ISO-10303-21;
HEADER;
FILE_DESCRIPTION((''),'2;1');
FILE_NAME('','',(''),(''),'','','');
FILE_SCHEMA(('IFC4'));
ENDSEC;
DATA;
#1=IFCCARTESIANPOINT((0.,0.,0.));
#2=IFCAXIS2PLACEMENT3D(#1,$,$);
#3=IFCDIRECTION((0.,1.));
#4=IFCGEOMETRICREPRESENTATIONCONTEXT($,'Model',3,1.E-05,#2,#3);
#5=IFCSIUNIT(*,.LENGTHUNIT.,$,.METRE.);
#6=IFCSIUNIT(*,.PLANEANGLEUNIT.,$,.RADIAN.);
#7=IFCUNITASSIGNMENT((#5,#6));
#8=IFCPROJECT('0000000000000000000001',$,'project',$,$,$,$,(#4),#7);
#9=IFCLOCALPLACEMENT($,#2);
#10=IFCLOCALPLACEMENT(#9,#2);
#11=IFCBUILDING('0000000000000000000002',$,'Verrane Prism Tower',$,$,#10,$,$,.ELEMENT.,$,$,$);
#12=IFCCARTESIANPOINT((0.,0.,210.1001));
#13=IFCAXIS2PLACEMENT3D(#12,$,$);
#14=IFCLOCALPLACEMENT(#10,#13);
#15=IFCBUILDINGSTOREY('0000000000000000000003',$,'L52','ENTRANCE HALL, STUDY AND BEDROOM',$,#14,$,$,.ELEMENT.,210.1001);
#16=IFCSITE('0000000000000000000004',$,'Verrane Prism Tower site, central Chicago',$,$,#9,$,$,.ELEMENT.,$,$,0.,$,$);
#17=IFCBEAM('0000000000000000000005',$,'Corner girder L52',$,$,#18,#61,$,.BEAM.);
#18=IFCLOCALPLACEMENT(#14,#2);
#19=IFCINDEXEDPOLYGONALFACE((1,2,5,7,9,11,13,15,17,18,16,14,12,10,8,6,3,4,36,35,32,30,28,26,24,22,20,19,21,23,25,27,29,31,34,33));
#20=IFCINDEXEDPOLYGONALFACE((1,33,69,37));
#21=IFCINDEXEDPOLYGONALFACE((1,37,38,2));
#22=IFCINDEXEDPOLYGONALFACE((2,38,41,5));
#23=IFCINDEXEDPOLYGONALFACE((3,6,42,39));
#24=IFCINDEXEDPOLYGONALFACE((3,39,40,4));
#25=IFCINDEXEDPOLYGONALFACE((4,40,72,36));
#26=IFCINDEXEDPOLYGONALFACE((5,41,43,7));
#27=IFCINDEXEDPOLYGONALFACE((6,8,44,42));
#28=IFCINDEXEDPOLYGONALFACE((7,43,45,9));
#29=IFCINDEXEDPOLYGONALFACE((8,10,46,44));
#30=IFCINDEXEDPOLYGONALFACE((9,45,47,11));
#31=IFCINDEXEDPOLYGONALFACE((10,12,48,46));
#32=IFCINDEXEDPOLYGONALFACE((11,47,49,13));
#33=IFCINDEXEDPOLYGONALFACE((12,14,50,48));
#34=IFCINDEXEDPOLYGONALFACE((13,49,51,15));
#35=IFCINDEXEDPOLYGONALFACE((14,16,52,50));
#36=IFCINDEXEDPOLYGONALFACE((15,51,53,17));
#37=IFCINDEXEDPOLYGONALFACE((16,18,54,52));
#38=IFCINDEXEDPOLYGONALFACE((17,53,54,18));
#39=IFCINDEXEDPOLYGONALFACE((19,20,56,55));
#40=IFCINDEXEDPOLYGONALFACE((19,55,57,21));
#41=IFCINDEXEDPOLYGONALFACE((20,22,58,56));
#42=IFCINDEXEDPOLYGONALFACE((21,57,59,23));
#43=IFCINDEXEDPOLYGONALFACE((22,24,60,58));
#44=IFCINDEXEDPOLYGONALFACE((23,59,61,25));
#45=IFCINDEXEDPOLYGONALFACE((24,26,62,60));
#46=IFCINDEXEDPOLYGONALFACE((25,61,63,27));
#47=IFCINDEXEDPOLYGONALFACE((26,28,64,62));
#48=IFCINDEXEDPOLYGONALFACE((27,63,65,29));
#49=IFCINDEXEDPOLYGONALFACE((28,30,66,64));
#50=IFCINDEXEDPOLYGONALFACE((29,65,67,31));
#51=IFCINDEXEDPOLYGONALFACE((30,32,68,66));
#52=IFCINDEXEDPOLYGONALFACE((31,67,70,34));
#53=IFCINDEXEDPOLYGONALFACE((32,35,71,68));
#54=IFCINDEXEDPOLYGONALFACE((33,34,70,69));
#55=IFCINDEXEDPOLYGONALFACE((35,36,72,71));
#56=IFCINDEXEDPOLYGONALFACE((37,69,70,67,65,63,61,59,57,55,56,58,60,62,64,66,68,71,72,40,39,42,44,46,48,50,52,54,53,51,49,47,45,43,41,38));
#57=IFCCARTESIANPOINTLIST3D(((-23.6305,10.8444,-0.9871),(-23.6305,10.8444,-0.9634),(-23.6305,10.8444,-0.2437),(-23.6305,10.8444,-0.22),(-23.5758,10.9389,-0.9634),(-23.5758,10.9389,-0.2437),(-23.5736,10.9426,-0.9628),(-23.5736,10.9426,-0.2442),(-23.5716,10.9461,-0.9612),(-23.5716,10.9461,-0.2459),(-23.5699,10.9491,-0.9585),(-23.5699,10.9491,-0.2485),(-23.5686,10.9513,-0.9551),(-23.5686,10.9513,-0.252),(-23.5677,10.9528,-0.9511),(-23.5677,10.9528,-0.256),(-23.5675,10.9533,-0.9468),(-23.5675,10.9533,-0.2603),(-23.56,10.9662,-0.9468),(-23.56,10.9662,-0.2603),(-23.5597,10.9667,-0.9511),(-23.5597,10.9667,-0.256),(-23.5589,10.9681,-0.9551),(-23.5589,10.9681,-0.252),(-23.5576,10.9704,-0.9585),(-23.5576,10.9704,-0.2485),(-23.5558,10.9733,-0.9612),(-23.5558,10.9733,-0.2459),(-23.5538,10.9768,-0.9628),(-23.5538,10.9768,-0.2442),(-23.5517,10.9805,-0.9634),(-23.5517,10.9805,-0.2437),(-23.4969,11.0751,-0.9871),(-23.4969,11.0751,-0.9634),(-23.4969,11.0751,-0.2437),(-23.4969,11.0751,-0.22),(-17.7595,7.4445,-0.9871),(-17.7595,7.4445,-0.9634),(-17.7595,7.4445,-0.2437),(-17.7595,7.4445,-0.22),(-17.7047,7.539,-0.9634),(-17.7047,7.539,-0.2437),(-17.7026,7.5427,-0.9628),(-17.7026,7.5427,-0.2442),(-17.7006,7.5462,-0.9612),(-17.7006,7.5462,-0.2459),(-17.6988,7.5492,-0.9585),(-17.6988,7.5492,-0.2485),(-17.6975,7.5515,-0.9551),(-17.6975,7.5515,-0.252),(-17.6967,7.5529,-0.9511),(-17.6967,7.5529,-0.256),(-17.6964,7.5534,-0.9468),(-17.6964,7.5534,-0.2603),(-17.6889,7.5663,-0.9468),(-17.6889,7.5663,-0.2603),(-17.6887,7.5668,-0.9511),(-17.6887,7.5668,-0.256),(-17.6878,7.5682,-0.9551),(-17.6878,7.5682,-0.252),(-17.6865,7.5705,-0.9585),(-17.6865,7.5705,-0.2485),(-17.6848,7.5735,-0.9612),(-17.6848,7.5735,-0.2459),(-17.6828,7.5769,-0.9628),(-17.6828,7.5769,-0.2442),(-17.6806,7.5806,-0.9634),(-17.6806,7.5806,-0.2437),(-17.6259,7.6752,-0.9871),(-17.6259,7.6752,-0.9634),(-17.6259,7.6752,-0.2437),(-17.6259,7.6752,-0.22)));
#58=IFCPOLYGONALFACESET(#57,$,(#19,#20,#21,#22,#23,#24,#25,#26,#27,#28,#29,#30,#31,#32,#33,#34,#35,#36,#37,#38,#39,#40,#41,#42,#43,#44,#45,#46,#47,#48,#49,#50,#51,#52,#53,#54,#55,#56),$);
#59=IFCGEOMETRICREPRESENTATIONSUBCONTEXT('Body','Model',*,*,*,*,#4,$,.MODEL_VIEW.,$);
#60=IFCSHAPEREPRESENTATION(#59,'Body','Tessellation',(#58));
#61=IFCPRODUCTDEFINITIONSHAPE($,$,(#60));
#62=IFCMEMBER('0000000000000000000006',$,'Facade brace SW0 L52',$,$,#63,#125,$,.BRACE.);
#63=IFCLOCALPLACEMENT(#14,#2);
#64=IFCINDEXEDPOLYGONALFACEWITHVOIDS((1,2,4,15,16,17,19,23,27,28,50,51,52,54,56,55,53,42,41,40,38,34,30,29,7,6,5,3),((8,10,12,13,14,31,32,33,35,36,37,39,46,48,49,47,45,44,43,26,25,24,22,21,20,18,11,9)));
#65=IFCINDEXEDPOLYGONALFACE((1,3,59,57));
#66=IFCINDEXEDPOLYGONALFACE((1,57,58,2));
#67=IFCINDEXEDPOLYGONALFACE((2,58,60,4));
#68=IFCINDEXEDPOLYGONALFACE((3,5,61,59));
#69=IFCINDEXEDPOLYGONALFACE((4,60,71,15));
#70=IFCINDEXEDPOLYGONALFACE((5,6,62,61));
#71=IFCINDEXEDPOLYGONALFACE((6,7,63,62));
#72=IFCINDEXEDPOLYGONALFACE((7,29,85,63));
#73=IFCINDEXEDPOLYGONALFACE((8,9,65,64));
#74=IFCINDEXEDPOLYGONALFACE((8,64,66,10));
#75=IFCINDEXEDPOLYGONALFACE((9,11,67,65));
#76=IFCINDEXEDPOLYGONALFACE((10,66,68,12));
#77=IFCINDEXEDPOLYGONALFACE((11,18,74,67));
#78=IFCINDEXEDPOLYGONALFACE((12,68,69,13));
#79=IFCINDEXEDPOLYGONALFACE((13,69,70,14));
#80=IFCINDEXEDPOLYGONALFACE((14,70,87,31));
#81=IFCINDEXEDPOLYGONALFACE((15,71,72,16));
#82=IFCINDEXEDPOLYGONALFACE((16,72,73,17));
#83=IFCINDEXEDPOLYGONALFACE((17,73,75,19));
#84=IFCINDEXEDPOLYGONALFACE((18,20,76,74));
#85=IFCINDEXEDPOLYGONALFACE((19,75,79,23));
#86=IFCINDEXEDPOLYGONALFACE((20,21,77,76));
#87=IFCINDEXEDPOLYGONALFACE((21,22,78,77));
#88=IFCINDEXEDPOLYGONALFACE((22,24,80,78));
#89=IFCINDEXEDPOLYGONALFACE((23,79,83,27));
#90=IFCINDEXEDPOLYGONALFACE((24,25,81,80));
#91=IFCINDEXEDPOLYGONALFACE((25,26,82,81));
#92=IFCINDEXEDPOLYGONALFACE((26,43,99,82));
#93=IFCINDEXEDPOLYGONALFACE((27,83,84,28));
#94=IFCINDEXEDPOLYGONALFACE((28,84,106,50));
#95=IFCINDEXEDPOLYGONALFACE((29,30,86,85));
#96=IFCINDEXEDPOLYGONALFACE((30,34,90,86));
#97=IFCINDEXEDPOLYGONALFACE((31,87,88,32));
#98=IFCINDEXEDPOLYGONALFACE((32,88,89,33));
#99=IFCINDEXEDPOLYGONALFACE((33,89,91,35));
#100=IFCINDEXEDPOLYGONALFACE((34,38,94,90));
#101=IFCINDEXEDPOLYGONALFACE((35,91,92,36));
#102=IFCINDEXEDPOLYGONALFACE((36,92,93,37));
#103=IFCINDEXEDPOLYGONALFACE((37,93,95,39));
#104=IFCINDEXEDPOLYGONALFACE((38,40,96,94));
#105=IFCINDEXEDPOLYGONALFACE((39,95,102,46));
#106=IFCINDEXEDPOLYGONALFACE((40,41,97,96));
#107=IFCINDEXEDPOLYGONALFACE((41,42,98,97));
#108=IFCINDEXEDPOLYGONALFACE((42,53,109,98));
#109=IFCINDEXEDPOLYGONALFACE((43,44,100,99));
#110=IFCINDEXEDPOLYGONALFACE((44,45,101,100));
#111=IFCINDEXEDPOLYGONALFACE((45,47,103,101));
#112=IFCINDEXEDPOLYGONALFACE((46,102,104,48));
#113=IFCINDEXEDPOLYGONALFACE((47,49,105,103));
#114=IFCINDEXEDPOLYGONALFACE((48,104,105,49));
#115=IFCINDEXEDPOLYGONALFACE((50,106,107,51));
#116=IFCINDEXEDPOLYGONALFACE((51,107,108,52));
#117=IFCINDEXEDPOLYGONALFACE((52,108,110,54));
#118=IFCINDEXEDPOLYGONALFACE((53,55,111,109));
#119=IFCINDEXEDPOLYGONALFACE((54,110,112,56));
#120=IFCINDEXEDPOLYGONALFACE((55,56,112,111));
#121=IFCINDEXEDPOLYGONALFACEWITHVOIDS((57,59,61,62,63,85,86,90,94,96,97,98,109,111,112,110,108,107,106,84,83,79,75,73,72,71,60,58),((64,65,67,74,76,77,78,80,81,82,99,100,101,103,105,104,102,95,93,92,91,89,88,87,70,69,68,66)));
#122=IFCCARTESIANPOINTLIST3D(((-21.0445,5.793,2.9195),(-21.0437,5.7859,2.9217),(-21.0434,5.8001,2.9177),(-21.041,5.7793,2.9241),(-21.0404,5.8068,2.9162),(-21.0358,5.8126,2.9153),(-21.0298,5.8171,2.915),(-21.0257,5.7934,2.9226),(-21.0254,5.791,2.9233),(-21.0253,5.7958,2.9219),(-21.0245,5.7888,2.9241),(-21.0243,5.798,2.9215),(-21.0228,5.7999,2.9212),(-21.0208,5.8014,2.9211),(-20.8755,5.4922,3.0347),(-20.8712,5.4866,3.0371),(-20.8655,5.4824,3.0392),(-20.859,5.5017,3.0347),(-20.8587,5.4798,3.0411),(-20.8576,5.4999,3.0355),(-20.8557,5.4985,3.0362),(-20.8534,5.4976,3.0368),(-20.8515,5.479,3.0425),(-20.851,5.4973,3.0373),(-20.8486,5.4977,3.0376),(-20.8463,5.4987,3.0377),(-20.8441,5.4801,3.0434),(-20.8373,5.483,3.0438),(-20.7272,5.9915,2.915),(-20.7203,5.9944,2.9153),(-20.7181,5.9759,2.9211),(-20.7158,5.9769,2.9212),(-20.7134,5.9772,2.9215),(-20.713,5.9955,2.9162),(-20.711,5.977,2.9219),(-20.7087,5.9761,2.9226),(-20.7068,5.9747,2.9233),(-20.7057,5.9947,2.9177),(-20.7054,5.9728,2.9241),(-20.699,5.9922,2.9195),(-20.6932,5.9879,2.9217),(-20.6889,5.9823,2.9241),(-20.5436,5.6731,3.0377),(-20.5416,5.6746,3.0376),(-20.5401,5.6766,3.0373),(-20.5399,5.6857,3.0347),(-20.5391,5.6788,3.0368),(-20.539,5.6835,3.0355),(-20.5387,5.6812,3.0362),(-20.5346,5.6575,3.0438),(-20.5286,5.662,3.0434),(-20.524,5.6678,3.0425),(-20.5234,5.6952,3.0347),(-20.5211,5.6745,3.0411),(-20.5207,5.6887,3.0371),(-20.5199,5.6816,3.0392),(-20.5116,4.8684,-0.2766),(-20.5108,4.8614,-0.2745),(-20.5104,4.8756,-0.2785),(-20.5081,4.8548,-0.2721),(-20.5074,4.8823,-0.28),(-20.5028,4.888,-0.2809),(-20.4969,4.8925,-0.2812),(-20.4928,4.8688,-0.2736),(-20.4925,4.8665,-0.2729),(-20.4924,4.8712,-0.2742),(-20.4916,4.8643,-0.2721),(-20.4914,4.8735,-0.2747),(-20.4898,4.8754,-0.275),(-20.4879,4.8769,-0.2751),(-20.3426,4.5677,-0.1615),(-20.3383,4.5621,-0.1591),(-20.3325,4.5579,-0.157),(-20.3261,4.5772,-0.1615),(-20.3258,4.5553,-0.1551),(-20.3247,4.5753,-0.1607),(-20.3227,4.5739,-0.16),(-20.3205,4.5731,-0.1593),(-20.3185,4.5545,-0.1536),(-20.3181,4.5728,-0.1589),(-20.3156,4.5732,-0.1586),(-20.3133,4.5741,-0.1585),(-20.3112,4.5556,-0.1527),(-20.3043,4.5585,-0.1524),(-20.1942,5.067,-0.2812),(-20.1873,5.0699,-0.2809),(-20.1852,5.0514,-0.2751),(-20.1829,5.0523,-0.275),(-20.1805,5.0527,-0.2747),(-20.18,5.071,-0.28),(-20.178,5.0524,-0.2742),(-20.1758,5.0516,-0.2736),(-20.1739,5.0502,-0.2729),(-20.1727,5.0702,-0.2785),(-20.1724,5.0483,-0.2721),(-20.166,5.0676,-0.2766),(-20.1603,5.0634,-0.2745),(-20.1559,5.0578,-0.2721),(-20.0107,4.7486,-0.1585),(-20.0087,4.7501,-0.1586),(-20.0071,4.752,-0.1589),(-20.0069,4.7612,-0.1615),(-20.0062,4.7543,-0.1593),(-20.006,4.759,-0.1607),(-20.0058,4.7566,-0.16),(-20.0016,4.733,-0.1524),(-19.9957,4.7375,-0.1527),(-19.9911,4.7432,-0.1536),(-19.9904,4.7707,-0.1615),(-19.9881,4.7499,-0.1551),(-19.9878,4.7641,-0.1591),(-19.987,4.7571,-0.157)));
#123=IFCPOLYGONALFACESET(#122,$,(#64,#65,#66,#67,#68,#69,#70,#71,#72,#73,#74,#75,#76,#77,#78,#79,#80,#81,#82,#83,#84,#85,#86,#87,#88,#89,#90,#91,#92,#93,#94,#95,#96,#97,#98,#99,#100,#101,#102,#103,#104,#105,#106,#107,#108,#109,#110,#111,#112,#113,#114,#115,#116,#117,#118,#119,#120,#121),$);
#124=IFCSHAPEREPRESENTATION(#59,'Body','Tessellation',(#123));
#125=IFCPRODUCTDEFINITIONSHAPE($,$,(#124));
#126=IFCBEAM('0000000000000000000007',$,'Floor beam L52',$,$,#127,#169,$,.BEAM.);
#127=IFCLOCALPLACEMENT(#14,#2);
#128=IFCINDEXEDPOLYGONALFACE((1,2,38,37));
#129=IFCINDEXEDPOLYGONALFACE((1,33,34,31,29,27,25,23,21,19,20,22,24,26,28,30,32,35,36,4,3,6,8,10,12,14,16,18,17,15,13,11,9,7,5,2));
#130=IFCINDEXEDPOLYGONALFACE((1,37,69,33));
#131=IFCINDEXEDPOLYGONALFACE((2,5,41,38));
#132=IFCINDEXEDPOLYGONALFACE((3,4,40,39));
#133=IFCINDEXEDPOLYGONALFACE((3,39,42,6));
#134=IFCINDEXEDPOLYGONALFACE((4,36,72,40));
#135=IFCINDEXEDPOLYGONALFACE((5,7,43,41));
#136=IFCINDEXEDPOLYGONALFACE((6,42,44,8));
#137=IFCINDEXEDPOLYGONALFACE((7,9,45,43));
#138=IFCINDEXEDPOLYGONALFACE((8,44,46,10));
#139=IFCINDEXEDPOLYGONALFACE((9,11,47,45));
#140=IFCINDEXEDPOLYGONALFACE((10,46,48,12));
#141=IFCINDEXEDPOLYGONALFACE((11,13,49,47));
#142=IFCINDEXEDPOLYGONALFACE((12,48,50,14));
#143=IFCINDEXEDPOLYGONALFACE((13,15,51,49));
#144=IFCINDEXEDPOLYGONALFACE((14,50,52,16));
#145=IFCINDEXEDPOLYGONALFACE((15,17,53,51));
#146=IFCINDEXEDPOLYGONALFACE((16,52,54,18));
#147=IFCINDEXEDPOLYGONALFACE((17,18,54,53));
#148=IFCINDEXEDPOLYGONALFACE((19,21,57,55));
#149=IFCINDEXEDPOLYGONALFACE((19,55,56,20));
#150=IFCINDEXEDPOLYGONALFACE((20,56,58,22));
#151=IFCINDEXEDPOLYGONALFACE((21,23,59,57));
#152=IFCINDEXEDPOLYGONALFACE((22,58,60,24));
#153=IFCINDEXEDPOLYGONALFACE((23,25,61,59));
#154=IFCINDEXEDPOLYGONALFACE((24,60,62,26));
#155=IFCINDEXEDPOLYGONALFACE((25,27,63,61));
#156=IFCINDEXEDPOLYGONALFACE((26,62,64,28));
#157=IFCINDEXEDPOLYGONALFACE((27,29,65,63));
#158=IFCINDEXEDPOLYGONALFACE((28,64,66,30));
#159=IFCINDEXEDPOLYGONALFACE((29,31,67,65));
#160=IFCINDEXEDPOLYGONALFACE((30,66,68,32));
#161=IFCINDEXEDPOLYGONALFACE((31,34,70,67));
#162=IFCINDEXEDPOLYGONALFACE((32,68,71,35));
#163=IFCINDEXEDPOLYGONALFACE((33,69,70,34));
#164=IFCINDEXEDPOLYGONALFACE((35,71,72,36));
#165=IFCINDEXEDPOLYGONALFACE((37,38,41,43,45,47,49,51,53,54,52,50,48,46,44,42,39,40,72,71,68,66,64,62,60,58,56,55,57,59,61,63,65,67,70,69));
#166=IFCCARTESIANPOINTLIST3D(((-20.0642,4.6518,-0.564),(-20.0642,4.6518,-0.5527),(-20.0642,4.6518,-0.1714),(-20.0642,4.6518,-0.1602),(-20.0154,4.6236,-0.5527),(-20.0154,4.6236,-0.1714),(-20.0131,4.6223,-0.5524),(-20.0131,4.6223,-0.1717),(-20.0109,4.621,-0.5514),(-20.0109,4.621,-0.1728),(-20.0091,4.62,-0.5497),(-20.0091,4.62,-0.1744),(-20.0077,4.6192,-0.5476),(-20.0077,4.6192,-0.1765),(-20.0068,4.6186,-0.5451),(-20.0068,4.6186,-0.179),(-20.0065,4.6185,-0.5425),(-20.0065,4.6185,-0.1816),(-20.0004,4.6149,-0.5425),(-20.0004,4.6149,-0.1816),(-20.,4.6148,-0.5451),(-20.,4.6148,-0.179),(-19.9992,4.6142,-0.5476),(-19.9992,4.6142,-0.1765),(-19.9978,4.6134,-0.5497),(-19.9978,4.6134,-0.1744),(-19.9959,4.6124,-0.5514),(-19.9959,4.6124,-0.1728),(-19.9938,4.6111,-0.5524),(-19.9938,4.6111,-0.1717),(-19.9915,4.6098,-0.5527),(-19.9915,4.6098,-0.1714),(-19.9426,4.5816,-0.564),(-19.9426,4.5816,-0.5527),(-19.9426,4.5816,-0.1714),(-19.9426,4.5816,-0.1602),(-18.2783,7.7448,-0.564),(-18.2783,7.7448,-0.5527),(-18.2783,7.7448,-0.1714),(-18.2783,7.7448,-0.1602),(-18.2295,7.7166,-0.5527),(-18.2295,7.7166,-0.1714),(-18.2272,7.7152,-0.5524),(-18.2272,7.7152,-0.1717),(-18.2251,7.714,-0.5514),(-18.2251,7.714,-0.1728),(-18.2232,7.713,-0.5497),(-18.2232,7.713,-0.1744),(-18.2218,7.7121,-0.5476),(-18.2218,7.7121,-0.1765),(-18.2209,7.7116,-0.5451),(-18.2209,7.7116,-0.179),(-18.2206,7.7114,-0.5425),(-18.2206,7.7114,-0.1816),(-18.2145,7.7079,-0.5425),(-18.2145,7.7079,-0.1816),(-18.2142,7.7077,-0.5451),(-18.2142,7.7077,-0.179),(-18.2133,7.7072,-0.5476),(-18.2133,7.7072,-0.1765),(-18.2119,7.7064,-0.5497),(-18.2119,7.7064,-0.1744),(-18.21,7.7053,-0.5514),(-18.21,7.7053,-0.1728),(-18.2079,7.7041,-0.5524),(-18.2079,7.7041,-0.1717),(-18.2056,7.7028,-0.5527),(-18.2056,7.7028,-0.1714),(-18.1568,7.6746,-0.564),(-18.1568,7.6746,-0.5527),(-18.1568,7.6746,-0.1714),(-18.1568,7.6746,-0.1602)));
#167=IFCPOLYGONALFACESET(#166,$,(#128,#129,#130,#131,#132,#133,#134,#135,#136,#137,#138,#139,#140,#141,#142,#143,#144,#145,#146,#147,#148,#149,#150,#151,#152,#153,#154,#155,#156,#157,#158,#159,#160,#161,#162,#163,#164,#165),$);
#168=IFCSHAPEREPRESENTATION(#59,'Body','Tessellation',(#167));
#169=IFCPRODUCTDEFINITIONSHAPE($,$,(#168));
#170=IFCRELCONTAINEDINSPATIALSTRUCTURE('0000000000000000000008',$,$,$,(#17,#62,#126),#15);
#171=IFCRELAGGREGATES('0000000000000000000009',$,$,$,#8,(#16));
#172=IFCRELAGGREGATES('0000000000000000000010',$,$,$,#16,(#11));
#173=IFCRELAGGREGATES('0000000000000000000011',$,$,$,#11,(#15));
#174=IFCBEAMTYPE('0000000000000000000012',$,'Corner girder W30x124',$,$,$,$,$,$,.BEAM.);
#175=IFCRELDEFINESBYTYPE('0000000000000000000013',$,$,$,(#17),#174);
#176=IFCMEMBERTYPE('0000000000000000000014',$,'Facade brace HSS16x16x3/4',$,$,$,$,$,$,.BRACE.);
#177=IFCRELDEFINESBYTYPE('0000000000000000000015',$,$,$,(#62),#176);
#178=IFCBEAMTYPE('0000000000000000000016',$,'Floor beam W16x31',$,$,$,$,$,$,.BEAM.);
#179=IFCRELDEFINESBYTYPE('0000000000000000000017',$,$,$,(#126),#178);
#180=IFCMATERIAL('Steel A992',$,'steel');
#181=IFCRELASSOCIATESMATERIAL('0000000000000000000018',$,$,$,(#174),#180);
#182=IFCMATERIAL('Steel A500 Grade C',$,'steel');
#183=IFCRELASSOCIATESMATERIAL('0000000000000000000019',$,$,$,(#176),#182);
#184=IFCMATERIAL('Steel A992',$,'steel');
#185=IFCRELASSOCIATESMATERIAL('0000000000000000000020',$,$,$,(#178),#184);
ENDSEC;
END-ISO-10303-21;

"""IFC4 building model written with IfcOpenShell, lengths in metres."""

from ifc_helpers import new_model, si_unit, direction, frame, origin, origin_2d, place, context, subcontext, project, spatial, hollow_rectangle, i_section, extrude, material, material_profile, profile_set, type_object, element, save


model = new_model("IFC4")

# Units and contexts
model_context = context("Model", 3, precision=1e-05, world=origin(), true_north=direction((0.0, 1.0)))
body_context = subcontext(model_context, "Body", "Model", "MODEL_VIEW")
ifc_project = project(units=[si_unit("LENGTHUNIT", "METRE"), si_unit("PLANEANGLEUNIT", "RADIAN")], contexts=[model_context])

# Site, building, storey
site_placement = place(None, origin())
site = spatial("IfcSite", under=ifc_project, at=site_placement, Name="Verrane Prism Tower site, central Chicago", CompositionType="ELEMENT", RefElevation=0.0)
building_placement = place(site_placement, origin())
building = spatial("IfcBuilding", under=site, at=building_placement, Name="Verrane Prism Tower", CompositionType="ELEMENT")
storey_placement = place(building_placement, frame((0.0, 0.0, 210.1001)))
storey = spatial("IfcBuildingStorey", under=building, at=storey_placement, Name="L52", Description="ENTRANCE HALL, STUDY AND BEDROOM", CompositionType="ELEMENT", Elevation=210.1001)

# Beam
ifc_material_1 = material(Name="Steel A992", Category="steel")
ifc_material_profile_1 = material_profile(ifc_material_1, i_section(OverallWidth=0.2666, OverallDepth=0.7671, WebThickness=0.0149, FlangeThickness=0.0237, FilletRadius=0.0166, at=origin_2d()), Name="W30x124")
ifc_profile_set_1 = profile_set([ifc_material_profile_1], Name="Steel A992")
beam_type_1 = type_object("IfcBeamType", Name="Corner girder W30x124", PredefinedType="BEAM", material=ifc_profile_set_1)
beam_1_placement = place(storey_placement, frame((-23.5637, 10.9597, -0.6035), z_axis=(0.865372, -0.50113, 0.0), x_axis=(0.50113, 0.865372, 0.0)))
element("IfcBeam", 1, at=beam_1_placement, inside=storey, type_object=beam_type_1, Name="Corner girder L52", PredefinedType="BEAM", context=body_context, shape_type="SweptSolid", body=[
    extrude(i_section(OverallWidth=0.2666, OverallDepth=0.7671, WebThickness=0.0149, FlangeThickness=0.0237, FilletRadius=0.0166, at=origin_2d()), origin(), (0.0, 0.0, 1.0), 6.7844),
])

# Member
ifc_material_2 = material(Name="Steel A500 Grade C", Category="steel")
ifc_material_profile_2 = material_profile(ifc_material_2, hollow_rectangle(XDim=0.4065, YDim=0.4065, WallThickness=0.019, InnerFilletRadius=0.0095, OuterFilletRadius=0.0286, at=origin_2d()), Name="HSS16x16x3/4")
ifc_profile_set_2 = profile_set([ifc_material_profile_2], Name="Steel A500 Grade C")
member_type_1 = type_object("IfcMemberType", Name="Facade brace HSS16x16x3/4", PredefinedType="BRACE", material=ifc_profile_set_2)
member_1_placement = place(storey_placement, frame((-20.2493, 4.8127, -0.2168), z_axis=(-0.15816, 0.274372, 0.948528), x_axis=(-0.866365, -0.499412, 0.0)))
element("IfcMember", 2, at=member_1_placement, inside=storey, type_object=member_type_1, Name="Facade brace SW0 L52", PredefinedType="BRACE", context=body_context, shape_type="SweptSolid", body=[
    extrude(hollow_rectangle(XDim=0.4065, YDim=0.4065, WallThickness=0.019, InnerFilletRadius=0.0095, OuterFilletRadius=0.0286, at=origin_2d()), origin(), (0.0, 0.0, 1.0), 3.3696),
])

# Beam
ifc_material_3 = material(Name="Steel A992", Category="steel")
ifc_material_profile_3 = material_profile(ifc_material_3, i_section(OverallWidth=0.1404, OverallDepth=0.4038, WebThickness=0.0071, FlangeThickness=0.0112, FilletRadius=0.0103, at=origin_2d()), Name="W16x31")
ifc_profile_set_3 = profile_set([ifc_material_profile_3], Name="Steel A992")
beam_type_2 = type_object("IfcBeamType", Name="Floor beam W16x31", PredefinedType="BEAM", material=ifc_profile_set_3)
beam_2_placement = place(storey_placement, frame((-20.0034, 4.6167, -0.3621), z_axis=(0.500028, 0.866009, 0.0), x_axis=(-0.866009, 0.500028, 0.0)))
element("IfcBeam", 3, at=beam_2_placement, inside=storey, type_object=beam_type_2, Name="Floor beam L52", PredefinedType="BEAM", context=body_context, shape_type="SweptSolid", body=[
    extrude(i_section(OverallWidth=0.1404, OverallDepth=0.4038, WebThickness=0.0071, FlangeThickness=0.0112, FilletRadius=0.0103, at=origin_2d()), origin(), (0.0, 0.0, 1.0), 3.5715),
])

save(model, "model.ifc")
